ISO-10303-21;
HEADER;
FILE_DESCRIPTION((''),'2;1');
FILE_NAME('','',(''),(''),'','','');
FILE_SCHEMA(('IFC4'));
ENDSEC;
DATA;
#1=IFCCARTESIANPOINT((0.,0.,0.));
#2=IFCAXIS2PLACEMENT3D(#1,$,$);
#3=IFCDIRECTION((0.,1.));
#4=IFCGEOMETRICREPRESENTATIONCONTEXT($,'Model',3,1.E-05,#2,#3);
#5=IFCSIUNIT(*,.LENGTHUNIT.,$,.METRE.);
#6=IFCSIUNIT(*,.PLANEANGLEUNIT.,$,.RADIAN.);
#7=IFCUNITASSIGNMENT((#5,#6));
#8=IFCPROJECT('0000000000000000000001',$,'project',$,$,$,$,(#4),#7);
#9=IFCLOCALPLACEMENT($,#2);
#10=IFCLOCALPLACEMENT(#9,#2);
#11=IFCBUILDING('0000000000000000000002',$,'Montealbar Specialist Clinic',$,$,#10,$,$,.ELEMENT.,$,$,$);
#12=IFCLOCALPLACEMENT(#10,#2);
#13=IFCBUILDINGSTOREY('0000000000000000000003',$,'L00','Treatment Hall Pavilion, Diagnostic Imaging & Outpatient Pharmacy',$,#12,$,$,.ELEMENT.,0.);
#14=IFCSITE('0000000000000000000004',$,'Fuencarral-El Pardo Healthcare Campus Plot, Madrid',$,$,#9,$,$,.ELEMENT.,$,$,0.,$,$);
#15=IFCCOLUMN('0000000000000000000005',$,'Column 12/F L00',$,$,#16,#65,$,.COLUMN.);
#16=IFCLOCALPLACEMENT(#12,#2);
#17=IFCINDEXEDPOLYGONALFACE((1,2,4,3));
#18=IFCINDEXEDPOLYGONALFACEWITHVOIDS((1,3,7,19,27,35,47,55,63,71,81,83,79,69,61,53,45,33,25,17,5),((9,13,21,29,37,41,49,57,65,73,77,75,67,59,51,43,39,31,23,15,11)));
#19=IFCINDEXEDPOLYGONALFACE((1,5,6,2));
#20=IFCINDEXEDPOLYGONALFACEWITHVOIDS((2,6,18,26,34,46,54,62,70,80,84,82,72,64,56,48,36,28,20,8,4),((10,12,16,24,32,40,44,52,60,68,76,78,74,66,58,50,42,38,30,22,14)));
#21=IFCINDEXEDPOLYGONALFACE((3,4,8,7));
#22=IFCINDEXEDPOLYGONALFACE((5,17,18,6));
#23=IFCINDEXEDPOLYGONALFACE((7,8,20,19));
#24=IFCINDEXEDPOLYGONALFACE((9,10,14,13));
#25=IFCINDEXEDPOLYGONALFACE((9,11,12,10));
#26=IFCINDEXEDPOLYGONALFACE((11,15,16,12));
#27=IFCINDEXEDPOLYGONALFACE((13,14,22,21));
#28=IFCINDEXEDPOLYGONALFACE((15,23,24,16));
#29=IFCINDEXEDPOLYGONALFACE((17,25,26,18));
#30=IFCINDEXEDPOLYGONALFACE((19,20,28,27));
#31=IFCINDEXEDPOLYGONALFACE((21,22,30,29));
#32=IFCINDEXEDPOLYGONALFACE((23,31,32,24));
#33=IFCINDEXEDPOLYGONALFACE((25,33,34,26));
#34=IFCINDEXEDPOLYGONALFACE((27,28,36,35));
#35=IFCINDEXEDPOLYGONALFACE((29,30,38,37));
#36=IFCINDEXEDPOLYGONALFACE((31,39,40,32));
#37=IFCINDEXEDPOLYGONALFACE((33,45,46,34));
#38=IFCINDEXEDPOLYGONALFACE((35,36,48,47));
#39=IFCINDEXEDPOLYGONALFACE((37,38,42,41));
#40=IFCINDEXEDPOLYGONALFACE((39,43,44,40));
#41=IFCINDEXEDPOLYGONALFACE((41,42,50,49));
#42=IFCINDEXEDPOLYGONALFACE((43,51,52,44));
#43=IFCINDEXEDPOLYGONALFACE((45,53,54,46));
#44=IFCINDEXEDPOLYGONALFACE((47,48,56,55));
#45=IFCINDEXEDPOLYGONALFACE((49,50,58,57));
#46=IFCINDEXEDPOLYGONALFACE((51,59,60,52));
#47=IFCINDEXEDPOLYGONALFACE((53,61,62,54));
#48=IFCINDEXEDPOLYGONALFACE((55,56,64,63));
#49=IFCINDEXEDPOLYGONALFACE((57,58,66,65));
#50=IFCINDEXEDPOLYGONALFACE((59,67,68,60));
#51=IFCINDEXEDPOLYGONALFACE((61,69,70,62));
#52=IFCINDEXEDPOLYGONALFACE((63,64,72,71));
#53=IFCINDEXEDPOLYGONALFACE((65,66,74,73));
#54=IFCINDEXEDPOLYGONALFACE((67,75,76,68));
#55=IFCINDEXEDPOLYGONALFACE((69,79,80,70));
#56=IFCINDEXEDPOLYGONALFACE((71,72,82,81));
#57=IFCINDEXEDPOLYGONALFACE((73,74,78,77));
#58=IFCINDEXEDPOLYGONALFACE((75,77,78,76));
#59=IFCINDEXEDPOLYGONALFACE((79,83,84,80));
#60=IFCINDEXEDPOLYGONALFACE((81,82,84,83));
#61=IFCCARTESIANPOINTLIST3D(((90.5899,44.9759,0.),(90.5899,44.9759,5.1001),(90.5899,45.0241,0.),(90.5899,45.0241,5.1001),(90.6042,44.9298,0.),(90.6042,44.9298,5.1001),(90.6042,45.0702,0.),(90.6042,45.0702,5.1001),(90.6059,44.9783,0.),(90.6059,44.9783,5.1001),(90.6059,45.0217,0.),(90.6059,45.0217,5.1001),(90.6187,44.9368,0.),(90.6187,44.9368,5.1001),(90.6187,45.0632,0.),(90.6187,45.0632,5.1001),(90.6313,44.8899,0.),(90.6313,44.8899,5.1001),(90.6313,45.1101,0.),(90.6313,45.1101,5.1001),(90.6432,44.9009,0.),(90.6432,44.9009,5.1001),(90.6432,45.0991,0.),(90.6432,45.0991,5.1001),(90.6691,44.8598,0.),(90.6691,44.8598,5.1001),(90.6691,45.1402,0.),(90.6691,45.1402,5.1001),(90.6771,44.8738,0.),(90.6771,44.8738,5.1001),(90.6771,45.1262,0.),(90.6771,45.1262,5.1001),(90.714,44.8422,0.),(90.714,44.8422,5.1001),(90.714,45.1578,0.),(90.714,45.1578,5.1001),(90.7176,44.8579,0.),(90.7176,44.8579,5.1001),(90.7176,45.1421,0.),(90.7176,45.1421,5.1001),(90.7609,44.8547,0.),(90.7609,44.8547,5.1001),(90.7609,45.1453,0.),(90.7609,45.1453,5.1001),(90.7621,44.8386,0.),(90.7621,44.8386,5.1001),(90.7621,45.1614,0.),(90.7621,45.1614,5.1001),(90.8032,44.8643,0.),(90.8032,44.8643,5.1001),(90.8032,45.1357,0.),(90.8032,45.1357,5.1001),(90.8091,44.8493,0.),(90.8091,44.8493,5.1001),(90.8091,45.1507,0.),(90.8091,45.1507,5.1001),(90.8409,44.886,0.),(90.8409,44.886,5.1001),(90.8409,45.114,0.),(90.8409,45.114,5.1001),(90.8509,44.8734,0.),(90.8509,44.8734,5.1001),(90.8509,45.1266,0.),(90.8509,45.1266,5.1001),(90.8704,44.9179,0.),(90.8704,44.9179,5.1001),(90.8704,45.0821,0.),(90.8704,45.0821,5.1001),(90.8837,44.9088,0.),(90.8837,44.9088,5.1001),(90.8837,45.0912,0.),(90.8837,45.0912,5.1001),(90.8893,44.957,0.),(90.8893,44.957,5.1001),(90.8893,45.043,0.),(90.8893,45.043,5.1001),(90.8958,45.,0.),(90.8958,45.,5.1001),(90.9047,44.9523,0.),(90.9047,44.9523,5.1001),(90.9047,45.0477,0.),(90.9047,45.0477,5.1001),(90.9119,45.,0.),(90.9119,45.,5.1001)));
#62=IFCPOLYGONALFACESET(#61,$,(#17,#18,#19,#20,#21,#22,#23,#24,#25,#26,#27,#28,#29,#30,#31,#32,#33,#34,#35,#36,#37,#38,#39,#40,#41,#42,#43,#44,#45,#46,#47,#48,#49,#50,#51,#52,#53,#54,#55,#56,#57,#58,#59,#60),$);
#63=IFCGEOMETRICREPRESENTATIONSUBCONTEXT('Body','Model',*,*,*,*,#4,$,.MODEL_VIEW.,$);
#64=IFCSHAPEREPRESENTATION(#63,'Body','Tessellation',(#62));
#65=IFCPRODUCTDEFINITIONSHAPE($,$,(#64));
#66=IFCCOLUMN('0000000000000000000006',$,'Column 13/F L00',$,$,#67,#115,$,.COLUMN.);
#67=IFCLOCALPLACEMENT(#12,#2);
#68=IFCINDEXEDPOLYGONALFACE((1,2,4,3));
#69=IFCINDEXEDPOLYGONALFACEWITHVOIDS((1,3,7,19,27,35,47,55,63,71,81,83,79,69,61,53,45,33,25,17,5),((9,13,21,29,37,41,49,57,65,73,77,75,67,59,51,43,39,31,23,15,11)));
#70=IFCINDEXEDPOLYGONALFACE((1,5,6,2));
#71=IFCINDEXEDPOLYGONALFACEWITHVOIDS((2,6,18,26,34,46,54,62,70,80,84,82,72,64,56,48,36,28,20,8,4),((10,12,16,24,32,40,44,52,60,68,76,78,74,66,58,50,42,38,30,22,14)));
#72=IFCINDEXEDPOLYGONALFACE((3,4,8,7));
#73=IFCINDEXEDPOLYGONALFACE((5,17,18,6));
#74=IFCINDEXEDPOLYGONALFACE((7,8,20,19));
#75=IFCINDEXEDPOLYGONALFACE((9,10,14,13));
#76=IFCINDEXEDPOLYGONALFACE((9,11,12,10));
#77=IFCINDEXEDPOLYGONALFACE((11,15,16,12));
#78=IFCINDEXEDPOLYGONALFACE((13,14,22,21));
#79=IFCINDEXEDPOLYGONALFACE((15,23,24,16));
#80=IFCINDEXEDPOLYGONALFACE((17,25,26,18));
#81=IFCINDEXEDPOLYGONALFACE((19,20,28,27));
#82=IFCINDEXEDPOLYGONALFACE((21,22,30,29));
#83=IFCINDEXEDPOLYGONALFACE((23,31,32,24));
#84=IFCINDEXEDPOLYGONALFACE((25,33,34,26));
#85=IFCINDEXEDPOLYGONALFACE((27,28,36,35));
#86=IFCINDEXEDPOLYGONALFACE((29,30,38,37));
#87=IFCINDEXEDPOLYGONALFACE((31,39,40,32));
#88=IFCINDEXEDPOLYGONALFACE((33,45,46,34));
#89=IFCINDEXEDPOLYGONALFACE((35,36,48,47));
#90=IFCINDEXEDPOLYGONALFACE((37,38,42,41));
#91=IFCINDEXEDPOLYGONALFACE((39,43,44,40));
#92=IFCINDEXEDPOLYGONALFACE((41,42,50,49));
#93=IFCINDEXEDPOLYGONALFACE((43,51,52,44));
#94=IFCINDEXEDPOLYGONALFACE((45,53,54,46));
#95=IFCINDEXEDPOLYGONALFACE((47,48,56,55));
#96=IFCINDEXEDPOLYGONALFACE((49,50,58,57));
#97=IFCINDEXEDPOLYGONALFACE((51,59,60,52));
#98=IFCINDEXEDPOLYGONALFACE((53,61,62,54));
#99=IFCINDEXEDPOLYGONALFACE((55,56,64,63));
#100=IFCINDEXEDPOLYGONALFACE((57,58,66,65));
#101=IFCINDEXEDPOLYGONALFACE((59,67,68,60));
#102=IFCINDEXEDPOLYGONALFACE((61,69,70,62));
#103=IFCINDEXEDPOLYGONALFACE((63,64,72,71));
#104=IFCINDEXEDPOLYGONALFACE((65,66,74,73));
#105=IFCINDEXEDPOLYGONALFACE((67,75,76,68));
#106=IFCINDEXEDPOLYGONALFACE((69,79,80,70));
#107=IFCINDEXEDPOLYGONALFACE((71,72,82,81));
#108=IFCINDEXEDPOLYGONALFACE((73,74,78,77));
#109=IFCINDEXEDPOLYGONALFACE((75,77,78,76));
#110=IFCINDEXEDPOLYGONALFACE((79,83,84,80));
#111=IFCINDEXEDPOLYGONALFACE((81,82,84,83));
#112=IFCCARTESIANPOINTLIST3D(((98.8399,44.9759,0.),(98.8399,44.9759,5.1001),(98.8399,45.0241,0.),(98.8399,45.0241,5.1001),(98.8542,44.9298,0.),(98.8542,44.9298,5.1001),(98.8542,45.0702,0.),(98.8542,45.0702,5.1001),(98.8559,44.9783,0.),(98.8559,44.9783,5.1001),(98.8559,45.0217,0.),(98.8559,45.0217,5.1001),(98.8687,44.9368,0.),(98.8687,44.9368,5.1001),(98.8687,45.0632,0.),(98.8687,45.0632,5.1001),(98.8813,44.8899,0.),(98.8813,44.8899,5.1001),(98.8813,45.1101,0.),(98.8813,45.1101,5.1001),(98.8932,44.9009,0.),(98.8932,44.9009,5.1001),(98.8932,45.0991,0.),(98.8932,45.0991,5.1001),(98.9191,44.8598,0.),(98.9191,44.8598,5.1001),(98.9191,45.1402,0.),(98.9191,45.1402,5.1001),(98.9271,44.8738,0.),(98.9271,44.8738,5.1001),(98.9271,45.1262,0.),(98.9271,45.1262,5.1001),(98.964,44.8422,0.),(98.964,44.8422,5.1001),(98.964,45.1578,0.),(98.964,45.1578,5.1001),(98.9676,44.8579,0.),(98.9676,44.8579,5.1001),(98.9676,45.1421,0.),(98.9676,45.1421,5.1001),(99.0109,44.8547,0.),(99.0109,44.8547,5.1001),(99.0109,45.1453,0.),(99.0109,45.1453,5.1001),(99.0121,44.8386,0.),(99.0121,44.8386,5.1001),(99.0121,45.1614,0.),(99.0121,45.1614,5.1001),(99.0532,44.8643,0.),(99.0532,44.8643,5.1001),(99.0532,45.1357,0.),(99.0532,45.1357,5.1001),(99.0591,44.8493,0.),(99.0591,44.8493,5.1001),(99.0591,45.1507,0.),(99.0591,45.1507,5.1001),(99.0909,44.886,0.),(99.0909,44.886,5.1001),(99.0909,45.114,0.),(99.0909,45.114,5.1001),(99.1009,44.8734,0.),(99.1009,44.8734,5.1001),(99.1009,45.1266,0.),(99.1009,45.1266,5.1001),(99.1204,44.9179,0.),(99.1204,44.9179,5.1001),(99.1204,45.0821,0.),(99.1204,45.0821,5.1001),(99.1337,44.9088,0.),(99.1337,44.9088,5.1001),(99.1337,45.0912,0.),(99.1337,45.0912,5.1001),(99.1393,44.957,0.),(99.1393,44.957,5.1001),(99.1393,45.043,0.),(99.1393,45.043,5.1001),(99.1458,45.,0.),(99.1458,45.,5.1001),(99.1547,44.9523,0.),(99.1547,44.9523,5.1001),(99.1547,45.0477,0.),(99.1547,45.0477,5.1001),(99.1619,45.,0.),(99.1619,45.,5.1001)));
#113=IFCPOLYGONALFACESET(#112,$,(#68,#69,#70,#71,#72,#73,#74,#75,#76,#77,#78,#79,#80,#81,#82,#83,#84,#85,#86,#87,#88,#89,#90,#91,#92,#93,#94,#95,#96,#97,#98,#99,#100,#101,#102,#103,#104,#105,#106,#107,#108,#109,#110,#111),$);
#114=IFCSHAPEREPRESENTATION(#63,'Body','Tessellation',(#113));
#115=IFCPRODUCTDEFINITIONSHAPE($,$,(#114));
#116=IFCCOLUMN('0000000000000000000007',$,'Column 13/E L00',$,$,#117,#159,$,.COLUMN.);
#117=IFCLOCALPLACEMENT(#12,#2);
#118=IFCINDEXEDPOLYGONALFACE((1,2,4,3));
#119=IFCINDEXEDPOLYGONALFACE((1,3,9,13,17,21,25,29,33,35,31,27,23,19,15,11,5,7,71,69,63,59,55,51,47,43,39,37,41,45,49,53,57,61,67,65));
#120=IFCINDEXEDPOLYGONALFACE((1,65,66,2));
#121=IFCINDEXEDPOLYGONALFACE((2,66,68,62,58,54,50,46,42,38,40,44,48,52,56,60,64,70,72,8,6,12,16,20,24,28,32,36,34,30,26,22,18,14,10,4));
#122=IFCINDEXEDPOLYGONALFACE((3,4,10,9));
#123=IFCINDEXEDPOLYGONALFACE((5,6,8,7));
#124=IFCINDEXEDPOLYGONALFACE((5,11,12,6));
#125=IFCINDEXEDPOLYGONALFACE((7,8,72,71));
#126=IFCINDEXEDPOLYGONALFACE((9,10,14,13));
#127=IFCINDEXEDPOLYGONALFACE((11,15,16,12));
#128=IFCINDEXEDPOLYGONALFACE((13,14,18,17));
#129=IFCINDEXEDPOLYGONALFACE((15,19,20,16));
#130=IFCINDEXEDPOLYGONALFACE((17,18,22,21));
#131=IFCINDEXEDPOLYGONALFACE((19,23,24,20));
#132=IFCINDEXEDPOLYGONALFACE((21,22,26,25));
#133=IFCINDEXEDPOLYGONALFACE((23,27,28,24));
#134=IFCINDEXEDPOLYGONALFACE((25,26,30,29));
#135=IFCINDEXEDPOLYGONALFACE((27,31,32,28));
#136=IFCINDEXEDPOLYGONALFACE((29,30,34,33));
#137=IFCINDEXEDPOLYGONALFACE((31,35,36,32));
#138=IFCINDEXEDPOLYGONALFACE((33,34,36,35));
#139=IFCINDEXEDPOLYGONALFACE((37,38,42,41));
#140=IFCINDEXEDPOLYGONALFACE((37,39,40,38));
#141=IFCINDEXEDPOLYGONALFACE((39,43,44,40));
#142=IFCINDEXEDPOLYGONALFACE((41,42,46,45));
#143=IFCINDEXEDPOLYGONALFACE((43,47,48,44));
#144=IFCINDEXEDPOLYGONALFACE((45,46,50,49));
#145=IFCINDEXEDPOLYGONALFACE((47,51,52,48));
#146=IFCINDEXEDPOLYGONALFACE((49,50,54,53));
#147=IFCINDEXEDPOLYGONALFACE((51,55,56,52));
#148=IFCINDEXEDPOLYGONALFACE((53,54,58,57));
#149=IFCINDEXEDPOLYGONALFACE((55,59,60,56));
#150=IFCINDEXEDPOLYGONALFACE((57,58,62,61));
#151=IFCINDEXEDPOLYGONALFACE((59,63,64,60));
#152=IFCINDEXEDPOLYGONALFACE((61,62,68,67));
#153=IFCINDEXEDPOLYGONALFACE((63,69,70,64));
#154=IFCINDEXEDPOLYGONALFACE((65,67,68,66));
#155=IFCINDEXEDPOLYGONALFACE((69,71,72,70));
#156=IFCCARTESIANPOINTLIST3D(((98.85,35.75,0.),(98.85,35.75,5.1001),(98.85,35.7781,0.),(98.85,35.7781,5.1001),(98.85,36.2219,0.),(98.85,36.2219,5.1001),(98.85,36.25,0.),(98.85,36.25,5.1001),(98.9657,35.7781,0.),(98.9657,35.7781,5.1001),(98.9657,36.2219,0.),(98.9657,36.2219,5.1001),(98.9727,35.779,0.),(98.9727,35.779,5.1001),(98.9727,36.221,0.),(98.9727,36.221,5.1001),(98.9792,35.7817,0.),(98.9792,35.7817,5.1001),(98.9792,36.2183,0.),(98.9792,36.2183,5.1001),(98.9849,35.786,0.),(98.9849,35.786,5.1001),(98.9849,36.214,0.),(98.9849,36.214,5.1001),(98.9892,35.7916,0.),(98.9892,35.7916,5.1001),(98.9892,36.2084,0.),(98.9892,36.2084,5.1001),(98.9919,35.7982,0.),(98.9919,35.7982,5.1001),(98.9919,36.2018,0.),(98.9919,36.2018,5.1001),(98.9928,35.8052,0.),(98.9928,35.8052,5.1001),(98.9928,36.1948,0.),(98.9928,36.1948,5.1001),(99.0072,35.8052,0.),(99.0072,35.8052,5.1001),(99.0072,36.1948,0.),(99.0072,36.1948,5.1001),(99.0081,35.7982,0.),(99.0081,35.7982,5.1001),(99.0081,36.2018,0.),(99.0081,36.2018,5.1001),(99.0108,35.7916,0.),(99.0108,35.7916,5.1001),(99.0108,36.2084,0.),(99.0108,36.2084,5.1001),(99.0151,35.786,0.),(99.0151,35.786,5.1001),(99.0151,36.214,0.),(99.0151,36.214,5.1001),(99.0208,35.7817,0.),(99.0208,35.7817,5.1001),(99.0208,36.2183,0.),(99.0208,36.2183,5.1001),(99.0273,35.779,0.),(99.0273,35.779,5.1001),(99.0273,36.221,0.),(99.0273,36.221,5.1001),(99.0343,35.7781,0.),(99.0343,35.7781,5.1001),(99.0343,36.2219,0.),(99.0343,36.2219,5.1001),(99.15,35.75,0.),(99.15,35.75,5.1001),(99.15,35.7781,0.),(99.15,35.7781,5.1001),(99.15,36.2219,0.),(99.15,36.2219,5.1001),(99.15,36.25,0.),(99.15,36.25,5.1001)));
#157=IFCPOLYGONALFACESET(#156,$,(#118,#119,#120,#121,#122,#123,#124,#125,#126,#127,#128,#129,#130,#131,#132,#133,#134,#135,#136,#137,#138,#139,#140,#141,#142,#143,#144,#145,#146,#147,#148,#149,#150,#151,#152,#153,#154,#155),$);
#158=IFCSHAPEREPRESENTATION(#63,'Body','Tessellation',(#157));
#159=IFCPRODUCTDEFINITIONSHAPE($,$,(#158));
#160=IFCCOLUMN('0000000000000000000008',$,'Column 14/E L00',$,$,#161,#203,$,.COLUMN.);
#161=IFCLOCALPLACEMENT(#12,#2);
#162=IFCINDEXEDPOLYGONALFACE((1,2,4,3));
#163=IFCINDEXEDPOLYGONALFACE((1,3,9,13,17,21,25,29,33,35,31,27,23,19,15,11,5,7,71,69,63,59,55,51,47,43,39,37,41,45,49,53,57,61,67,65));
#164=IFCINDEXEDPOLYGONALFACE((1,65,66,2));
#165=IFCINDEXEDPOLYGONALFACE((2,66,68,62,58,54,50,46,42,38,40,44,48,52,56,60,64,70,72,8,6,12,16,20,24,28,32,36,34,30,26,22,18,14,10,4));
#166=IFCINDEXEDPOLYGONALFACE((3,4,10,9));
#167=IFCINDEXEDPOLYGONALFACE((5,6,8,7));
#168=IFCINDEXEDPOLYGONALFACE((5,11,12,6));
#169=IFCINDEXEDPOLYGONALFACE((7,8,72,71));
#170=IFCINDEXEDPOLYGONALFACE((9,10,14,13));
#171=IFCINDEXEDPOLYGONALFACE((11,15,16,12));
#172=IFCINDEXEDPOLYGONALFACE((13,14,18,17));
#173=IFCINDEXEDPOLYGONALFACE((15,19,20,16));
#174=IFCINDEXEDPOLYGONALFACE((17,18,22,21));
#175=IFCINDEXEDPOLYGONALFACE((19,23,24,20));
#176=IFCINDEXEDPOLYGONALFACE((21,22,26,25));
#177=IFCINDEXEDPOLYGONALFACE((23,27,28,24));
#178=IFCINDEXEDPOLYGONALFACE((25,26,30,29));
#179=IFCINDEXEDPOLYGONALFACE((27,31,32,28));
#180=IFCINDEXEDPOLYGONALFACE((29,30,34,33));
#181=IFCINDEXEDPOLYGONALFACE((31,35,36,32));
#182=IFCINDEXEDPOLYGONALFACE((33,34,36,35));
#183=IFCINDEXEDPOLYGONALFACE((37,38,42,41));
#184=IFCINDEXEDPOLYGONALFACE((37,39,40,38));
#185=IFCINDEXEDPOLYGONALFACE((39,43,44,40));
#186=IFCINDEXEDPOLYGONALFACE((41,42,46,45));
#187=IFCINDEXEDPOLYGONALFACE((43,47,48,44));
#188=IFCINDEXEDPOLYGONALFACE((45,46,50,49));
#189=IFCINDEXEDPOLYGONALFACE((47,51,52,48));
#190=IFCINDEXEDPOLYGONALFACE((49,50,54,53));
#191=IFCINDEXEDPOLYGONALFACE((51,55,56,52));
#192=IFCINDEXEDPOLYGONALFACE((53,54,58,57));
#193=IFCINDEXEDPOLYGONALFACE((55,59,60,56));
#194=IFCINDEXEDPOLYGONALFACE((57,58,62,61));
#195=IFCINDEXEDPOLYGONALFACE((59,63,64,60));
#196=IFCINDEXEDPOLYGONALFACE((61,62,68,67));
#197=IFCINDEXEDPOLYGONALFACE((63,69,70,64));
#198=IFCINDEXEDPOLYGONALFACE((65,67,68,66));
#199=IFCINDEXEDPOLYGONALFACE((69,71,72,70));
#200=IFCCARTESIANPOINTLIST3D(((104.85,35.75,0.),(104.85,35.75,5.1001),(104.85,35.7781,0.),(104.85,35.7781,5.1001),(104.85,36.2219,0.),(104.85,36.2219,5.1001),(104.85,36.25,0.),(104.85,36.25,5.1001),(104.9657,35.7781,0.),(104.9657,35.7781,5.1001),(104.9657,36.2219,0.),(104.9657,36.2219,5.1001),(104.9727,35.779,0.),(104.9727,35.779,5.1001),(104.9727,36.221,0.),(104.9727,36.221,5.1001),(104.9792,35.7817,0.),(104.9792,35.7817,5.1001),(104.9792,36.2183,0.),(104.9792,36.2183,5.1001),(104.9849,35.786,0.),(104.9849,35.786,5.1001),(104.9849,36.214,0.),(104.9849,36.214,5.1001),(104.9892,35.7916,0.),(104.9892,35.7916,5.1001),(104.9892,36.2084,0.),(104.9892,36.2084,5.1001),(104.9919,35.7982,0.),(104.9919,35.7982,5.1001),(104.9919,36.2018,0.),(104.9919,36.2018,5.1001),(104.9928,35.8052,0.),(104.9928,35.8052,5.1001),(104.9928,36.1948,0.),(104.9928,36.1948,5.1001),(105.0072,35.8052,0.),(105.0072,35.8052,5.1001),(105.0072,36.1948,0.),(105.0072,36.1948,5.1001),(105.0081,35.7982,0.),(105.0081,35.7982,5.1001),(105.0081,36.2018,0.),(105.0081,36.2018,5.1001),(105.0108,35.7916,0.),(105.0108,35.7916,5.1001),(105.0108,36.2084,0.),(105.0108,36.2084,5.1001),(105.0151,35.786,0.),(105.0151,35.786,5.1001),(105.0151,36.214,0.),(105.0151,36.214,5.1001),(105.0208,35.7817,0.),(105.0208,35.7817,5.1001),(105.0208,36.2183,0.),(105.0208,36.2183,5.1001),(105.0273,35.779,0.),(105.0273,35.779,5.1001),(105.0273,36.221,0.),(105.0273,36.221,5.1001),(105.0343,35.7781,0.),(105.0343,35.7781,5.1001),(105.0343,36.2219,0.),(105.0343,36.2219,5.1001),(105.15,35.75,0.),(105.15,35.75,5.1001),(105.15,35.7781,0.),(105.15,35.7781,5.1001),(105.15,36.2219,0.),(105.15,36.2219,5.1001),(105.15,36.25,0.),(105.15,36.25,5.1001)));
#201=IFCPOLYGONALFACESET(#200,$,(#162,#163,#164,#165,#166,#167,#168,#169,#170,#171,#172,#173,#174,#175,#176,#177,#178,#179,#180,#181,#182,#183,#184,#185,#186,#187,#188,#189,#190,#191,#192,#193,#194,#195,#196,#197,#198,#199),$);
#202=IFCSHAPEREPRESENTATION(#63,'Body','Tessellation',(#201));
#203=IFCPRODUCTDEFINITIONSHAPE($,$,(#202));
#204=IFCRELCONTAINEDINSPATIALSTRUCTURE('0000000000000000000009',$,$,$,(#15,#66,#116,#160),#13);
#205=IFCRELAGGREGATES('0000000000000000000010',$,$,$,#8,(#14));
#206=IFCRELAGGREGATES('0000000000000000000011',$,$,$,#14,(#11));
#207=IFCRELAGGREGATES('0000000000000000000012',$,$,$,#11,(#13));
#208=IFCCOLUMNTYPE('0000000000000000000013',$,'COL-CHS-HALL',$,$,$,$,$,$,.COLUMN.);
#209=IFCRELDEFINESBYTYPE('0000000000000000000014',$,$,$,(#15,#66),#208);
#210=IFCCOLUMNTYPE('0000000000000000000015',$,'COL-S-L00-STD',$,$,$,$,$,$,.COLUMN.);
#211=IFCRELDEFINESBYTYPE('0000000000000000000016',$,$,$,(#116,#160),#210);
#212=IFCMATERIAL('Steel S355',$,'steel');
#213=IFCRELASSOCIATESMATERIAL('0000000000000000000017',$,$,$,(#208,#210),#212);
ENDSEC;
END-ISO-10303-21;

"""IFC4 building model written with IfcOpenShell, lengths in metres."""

from ifc_helpers import new_model, si_unit, direction, frame, origin, origin_2d, place, context, subcontext, project, spatial, hollow_circle, i_section, extrude, material, material_profile, profile_set, type_object, element, save


model = new_model("IFC4")

# Units and contexts
model_context = context("Model", 3, precision=1e-05, world=origin(), true_north=direction((0.0, 1.0)))
body_context = subcontext(model_context, "Body", "Model", "MODEL_VIEW")
ifc_project = project(units=[si_unit("LENGTHUNIT", "METRE"), si_unit("PLANEANGLEUNIT", "RADIAN")], contexts=[model_context])

# Site, building, storey
site_placement = place(None, origin())
site = spatial("IfcSite", under=ifc_project, at=site_placement, Name="Fuencarral-El Pardo Healthcare Campus Plot, Madrid", CompositionType="ELEMENT", RefElevation=0.0)
building_placement = place(site_placement, origin())
building = spatial("IfcBuilding", under=site, at=building_placement, Name="Montealbar Specialist Clinic", CompositionType="ELEMENT")
storey_placement = place(building_placement, origin())
storey = spatial("IfcBuildingStorey", under=building, at=storey_placement, Name="L00", Description="Treatment Hall Pavilion, Diagnostic Imaging & Outpatient Pharmacy", CompositionType="ELEMENT", Elevation=0.0)

# Columns
ifc_material_1 = material(Name="Steel S355", Category="steel")
ifc_material_profile_1 = material_profile(ifc_material_1, hollow_circle(Radius=0.1619, WallThickness=0.0161, at=origin_2d()), Name="CHS 323.9x16.0", Category="steel")
ifc_profile_set_1 = profile_set([ifc_material_profile_1], Name="Steel S355")
column_type_1 = type_object("IfcColumnType", Name="COL-CHS-HALL", PredefinedType="COLUMN", material=ifc_profile_set_1)
for number, where, z_axis, x_axis, name in (
    (1, (90.75, 45.0, 0.0), (0.0, 0.0, 1.0), (1.0, 0.0, 0.0), "Column 12/F L00"),
    (2, (99.0, 45.0, 0.0), (0.0, 0.0, 1.0), (1.0, 0.0, 0.0), "Column 13/F L00"),
):
    element("IfcColumn", number, at=place(storey_placement, frame(where, z_axis=z_axis, x_axis=x_axis)), inside=storey, type_object=column_type_1, Name=name, PredefinedType="COLUMN", context=body_context, shape_type="SweptSolid", body=[
        extrude(hollow_circle(Radius=0.1619, WallThickness=0.0161, at=origin_2d()), origin(), (0.0, 0.0, 1.0), 5.1001),
    ])
ifc_material_profile_2 = material_profile(ifc_material_1, i_section(OverallWidth=0.3, OverallDepth=0.5, WebThickness=0.0144, FlangeThickness=0.0281, FilletRadius=0.0271, at=origin_2d()), Name="HEB 500", Category="steel")
ifc_profile_set_2 = profile_set([ifc_material_profile_2], Name="Steel S355")
column_type_2 = type_object("IfcColumnType", Name="COL-S-L00-STD", PredefinedType="COLUMN", material=ifc_profile_set_2)
for number, where, z_axis, x_axis, name in (
    (3, (99.0, 36.0, 0.0), (0.0, 0.0, 1.0), (1.0, 0.0, 0.0), "Column 13/E L00"),
    (4, (105.0, 36.0, 0.0), (0.0, 0.0, 1.0), (1.0, 0.0, 0.0), "Column 14/E L00"),
):
    element("IfcColumn", number, at=place(storey_placement, frame(where, z_axis=z_axis, x_axis=x_axis)), inside=storey, type_object=column_type_2, Name=name, PredefinedType="COLUMN", context=body_context, shape_type="SweptSolid", body=[
        extrude(i_section(OverallWidth=0.3, OverallDepth=0.5, WebThickness=0.0144, FlangeThickness=0.0281, FilletRadius=0.0271, at=origin_2d()), origin(), (0.0, 0.0, 1.0), 5.1001),
    ])

save(model, "model.ifc")
